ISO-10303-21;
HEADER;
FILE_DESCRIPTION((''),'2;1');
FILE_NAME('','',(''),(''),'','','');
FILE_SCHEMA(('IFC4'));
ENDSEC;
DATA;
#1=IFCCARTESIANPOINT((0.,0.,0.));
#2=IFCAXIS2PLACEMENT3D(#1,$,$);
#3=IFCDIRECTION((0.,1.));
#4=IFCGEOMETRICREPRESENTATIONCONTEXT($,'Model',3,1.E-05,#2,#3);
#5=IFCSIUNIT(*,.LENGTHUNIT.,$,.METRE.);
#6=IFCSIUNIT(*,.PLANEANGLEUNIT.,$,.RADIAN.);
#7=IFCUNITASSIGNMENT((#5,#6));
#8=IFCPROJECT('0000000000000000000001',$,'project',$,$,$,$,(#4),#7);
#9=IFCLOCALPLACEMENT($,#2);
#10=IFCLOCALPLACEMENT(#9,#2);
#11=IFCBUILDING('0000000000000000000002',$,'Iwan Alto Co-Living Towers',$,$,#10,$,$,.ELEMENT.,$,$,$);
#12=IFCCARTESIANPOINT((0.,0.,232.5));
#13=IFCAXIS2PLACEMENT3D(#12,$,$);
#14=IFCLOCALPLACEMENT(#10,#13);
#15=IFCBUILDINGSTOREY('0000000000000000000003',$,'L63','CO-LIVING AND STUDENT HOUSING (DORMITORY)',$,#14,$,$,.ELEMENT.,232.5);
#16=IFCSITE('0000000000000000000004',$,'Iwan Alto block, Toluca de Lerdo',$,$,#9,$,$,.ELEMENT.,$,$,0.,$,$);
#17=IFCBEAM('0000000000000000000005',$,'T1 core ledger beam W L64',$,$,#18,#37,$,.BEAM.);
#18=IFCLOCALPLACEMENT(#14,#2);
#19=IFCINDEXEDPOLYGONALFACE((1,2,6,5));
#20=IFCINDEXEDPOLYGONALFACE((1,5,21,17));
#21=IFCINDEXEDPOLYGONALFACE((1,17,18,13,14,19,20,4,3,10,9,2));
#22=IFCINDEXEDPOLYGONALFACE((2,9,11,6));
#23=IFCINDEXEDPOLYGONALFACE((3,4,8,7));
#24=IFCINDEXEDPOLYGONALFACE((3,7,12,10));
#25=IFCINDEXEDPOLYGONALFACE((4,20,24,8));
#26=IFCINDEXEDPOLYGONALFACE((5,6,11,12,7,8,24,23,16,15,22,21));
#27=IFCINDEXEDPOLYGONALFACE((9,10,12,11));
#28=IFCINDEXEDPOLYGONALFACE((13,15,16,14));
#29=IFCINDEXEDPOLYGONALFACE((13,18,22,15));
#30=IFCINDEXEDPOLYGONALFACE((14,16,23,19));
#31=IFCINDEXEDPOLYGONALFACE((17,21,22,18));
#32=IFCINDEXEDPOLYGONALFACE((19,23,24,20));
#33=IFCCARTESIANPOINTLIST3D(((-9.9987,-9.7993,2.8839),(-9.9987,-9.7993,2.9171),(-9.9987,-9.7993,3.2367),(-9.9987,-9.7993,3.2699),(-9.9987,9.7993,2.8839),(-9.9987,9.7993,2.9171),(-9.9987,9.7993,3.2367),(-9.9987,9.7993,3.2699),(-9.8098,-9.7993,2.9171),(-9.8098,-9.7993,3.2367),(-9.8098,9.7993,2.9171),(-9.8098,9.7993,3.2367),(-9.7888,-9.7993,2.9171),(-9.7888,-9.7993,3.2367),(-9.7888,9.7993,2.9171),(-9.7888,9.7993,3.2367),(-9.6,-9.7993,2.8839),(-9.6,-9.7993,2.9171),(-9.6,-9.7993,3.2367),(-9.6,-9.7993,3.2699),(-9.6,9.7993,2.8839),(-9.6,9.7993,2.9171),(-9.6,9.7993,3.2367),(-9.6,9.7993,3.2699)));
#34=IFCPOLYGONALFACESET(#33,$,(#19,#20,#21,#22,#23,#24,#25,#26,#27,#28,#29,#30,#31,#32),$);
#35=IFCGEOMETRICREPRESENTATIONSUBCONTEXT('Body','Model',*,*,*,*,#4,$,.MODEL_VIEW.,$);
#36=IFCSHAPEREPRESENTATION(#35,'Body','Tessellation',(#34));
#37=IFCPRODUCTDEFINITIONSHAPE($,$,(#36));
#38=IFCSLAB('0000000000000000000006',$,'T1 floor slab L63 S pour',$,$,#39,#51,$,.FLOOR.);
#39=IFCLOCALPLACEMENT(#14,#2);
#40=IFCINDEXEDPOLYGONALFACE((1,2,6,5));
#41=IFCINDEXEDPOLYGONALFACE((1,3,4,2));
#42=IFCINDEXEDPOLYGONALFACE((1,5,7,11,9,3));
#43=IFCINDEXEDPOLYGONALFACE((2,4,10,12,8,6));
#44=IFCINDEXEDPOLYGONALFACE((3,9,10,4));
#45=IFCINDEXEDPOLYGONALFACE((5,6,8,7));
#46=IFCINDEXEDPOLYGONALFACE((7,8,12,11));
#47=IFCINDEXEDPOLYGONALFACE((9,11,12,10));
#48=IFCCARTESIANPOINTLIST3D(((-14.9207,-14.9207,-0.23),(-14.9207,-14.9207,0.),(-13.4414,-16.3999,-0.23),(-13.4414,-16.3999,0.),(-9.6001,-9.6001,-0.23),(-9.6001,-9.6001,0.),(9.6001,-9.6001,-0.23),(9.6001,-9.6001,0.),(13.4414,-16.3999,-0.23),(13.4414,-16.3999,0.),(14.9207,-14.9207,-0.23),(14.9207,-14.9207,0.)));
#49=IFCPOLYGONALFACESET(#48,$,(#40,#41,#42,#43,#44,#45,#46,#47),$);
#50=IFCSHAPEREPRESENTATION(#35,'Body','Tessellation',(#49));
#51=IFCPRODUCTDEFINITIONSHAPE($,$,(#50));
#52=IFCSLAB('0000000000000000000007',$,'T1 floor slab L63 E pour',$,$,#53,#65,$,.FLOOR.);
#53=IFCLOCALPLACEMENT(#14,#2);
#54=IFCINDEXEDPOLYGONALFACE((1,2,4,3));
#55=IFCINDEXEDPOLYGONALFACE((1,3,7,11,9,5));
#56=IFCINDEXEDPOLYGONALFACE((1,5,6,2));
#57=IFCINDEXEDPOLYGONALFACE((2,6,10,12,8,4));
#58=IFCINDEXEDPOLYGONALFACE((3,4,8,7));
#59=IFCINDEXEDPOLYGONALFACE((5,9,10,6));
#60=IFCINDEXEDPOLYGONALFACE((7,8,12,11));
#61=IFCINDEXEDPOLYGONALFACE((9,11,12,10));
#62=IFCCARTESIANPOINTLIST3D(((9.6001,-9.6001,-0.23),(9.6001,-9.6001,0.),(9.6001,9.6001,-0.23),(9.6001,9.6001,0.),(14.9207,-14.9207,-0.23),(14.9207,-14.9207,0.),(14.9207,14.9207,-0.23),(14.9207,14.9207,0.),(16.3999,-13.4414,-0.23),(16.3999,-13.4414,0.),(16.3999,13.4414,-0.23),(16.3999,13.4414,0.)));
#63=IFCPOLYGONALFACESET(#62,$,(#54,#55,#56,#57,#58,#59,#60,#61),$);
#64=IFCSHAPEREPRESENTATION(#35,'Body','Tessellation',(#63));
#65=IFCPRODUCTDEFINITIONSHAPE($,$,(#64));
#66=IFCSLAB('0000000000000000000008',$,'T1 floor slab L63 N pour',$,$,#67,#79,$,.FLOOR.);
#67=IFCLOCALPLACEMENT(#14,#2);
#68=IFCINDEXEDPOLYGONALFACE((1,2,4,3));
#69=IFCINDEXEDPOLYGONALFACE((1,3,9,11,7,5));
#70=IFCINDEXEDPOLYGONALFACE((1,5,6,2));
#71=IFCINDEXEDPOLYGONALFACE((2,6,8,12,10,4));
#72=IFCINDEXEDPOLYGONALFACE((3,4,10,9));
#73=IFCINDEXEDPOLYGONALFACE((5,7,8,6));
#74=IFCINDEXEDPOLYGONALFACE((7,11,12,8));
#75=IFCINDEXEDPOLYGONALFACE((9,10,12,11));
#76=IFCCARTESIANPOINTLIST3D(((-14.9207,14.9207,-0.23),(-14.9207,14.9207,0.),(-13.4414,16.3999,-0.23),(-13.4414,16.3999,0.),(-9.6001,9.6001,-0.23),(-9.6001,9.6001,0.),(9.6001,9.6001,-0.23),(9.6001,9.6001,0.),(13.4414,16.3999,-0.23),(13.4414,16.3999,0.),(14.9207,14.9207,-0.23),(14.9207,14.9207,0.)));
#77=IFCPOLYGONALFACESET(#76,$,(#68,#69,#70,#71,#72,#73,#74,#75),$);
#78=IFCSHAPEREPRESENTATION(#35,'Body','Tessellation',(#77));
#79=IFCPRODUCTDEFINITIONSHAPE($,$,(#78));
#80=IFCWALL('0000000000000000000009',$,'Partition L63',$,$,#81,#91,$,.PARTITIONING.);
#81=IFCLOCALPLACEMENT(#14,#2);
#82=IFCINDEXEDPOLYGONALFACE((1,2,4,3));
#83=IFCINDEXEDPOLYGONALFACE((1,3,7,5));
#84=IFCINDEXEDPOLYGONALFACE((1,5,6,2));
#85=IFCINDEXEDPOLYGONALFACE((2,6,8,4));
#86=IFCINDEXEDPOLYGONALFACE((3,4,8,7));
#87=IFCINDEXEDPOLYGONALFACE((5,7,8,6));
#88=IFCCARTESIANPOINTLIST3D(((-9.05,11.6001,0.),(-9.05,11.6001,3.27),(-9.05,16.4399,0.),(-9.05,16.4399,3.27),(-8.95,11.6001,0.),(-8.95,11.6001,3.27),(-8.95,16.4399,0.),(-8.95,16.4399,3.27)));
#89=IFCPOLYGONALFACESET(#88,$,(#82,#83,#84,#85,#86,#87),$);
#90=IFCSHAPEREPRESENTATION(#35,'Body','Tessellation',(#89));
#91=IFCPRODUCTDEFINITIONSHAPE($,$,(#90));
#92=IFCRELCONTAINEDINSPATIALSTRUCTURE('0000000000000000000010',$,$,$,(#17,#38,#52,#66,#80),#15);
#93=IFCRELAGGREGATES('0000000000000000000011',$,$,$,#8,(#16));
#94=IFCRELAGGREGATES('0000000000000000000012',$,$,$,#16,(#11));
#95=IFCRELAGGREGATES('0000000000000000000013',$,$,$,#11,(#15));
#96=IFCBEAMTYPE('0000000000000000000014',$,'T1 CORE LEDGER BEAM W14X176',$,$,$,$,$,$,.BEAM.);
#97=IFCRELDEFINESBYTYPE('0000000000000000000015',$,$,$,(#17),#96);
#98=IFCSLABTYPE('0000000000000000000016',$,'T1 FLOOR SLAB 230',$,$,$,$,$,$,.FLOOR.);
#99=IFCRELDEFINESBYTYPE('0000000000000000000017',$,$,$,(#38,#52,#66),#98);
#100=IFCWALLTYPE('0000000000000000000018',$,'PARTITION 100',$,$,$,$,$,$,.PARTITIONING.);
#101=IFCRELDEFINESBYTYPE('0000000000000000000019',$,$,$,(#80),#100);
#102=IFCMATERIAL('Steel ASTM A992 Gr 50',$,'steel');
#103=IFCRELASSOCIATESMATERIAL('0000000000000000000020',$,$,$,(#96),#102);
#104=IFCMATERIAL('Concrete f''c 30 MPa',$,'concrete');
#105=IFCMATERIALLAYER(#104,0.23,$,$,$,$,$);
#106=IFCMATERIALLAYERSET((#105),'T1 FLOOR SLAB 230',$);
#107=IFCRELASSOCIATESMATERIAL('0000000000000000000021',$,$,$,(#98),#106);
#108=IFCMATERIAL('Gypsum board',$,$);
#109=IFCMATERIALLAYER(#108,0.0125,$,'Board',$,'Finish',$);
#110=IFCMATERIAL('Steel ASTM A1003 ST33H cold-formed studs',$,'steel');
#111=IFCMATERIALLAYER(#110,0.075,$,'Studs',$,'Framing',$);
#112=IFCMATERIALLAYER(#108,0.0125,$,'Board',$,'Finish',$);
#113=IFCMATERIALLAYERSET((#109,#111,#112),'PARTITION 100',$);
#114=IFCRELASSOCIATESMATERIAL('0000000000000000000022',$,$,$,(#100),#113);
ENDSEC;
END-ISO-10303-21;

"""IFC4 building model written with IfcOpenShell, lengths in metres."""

from ifc_helpers import new_model, si_unit, direction, frame, frame_2d, origin, origin_2d, place, context, subcontext, project, spatial, polyline, rectangle, i_section, outline, extrude, material, layer, layer_set, material_profile, profile_set, type_object, element, save


model = new_model("IFC4")

# Units and contexts
model_context = context("Model", 3, precision=1e-05, world=origin(), true_north=direction((0.0, 1.0)))
body_context = subcontext(model_context, "Body", "Model", "MODEL_VIEW")
ifc_project = project(units=[si_unit("LENGTHUNIT", "METRE"), si_unit("PLANEANGLEUNIT", "RADIAN")], contexts=[model_context])

# Site, building, storey
site_placement = place(None, origin())
site = spatial("IfcSite", under=ifc_project, at=site_placement, Name="Iwan Alto block, Toluca de Lerdo", CompositionType="ELEMENT", RefElevation=0.0)
building_placement = place(site_placement, origin())
building = spatial("IfcBuilding", under=site, at=building_placement, Name="Iwan Alto Co-Living Towers", CompositionType="ELEMENT")
storey_placement = place(building_placement, frame((0.0, 0.0, 232.5)))
storey = spatial("IfcBuildingStorey", under=building, at=storey_placement, Name="L63", Description="CO-LIVING AND STUDENT HOUSING (DORMITORY)", CompositionType="ELEMENT", Elevation=232.5)

# Beam
ifc_material_1 = material(Name="Steel ASTM A992 Gr 50", Category="steel")
ifc_material_profile = material_profile(ifc_material_1, i_section(OverallWidth=0.3987, OverallDepth=0.386, WebThickness=0.021, FlangeThickness=0.0332, at=origin_2d()), Name="W14X176")
ifc_profile_set = profile_set([ifc_material_profile], Name="Steel ASTM A992 Gr 50")
beam_type = type_object("IfcBeamType", Name="T1 CORE LEDGER BEAM W14X176", PredefinedType="BEAM", material=ifc_profile_set)
beam_placement = place(storey_placement, frame((-9.7993, 9.7993, 3.0769), z_axis=(0.0, -1.0, 0.0), x_axis=(1.0, 0.0, 0.0)))
element("IfcBeam", 1, at=beam_placement, inside=storey, type_object=beam_type, Name="T1 core ledger beam W L64", PredefinedType="BEAM", context=body_context, shape_type="SweptSolid", body=[
    extrude(i_section(OverallWidth=0.3987, OverallDepth=0.386, WebThickness=0.021, FlangeThickness=0.0332, at=origin_2d()), origin(), (0.0, 0.0, 1.0), 19.5986),
])

# Slabs
ifc_material_2 = material(Name="Concrete f'c 30 MPa", Category="concrete")
ifc_layer_1 = layer(ifc_material_2, 0.23)
ifc_layer_set_1 = layer_set([ifc_layer_1], Name="T1 FLOOR SLAB 230")
slab_type = type_object("IfcSlabType", Name="T1 FLOOR SLAB 230", PredefinedType="FLOOR", material=ifc_layer_set_1)
slab_1_placement = place(storey_placement, frame((0.0, 0.0, -0.23)))
element("IfcSlab", 2, at=slab_1_placement, inside=storey, type_object=slab_type, Name="T1 floor slab L63 S pour", PredefinedType="FLOOR", context=body_context, shape_type="SweptSolid", body=[
    extrude(outline(polyline([(13.4414, -16.3999), (-13.4414, -16.3999), (-14.9207, -14.9207), (-9.6001, -9.6001), (9.6001, -9.6001), (14.9207, -14.9207), (13.4414, -16.3999)])), origin(), (0.0, 0.0, 1.0), 0.23),
])
slab_2_placement = place(storey_placement, frame((0.0, 0.0, -0.23)))
element("IfcSlab", 3, at=slab_2_placement, inside=storey, type_object=slab_type, Name="T1 floor slab L63 E pour", PredefinedType="FLOOR", context=body_context, shape_type="SweptSolid", body=[
    extrude(outline(polyline([(16.3999, 13.4414), (16.3999, -13.4414), (14.9207, -14.9207), (9.6001, -9.6001), (9.6001, 9.6001), (14.9207, 14.9207), (16.3999, 13.4414)])), origin(), (0.0, 0.0, 1.0), 0.23),
])
slab_3_placement = place(storey_placement, frame((0.0, 0.0, -0.23)))
element("IfcSlab", 4, at=slab_3_placement, inside=storey, type_object=slab_type, Name="T1 floor slab L63 N pour", PredefinedType="FLOOR", context=body_context, shape_type="SweptSolid", body=[
    extrude(outline(polyline([(-13.4414, 16.3999), (13.4414, 16.3999), (14.9207, 14.9207), (9.6001, 9.6001), (-9.6001, 9.6001), (-14.9207, 14.9207), (-13.4414, 16.3999)])), origin(), (0.0, 0.0, 1.0), 0.23),
])

# Wall
ifc_material_3 = material(Name="Gypsum board")
ifc_layer_2 = layer(ifc_material_3, 0.0125, Name="Board", Category="Finish")
ifc_material_4 = material(Name="Steel ASTM A1003 ST33H cold-formed studs", Category="steel")
ifc_layer_3 = layer(ifc_material_4, 0.075, Name="Studs", Category="Framing")
ifc_layer_4 = layer(ifc_material_3, 0.0125, Name="Board", Category="Finish")
ifc_layer_set_2 = layer_set([ifc_layer_2, ifc_layer_3, ifc_layer_4], Name="PARTITION 100")
wall_type_1 = type_object("IfcWallType", Name="PARTITION 100", PredefinedType="PARTITIONING", material=ifc_layer_set_2)
wall_1_placement = place(storey_placement, frame((-9.0, 11.6001, 0.0), z_axis=(0.0, 0.0, 1.0), x_axis=(0.0, 1.0, 0.0)))
element("IfcWall", 5, at=wall_1_placement, inside=storey, type_object=wall_type_1, Name="Partition L63", PredefinedType="PARTITIONING", context=body_context, shape_type="SweptSolid", body=[
    extrude(rectangle(XDim=4.8398, YDim=0.1001, at=frame_2d((2.4199, 0.0))), origin(), (0.0, 0.0, 1.0), 3.27),
])

save(model, "model.ifc")
